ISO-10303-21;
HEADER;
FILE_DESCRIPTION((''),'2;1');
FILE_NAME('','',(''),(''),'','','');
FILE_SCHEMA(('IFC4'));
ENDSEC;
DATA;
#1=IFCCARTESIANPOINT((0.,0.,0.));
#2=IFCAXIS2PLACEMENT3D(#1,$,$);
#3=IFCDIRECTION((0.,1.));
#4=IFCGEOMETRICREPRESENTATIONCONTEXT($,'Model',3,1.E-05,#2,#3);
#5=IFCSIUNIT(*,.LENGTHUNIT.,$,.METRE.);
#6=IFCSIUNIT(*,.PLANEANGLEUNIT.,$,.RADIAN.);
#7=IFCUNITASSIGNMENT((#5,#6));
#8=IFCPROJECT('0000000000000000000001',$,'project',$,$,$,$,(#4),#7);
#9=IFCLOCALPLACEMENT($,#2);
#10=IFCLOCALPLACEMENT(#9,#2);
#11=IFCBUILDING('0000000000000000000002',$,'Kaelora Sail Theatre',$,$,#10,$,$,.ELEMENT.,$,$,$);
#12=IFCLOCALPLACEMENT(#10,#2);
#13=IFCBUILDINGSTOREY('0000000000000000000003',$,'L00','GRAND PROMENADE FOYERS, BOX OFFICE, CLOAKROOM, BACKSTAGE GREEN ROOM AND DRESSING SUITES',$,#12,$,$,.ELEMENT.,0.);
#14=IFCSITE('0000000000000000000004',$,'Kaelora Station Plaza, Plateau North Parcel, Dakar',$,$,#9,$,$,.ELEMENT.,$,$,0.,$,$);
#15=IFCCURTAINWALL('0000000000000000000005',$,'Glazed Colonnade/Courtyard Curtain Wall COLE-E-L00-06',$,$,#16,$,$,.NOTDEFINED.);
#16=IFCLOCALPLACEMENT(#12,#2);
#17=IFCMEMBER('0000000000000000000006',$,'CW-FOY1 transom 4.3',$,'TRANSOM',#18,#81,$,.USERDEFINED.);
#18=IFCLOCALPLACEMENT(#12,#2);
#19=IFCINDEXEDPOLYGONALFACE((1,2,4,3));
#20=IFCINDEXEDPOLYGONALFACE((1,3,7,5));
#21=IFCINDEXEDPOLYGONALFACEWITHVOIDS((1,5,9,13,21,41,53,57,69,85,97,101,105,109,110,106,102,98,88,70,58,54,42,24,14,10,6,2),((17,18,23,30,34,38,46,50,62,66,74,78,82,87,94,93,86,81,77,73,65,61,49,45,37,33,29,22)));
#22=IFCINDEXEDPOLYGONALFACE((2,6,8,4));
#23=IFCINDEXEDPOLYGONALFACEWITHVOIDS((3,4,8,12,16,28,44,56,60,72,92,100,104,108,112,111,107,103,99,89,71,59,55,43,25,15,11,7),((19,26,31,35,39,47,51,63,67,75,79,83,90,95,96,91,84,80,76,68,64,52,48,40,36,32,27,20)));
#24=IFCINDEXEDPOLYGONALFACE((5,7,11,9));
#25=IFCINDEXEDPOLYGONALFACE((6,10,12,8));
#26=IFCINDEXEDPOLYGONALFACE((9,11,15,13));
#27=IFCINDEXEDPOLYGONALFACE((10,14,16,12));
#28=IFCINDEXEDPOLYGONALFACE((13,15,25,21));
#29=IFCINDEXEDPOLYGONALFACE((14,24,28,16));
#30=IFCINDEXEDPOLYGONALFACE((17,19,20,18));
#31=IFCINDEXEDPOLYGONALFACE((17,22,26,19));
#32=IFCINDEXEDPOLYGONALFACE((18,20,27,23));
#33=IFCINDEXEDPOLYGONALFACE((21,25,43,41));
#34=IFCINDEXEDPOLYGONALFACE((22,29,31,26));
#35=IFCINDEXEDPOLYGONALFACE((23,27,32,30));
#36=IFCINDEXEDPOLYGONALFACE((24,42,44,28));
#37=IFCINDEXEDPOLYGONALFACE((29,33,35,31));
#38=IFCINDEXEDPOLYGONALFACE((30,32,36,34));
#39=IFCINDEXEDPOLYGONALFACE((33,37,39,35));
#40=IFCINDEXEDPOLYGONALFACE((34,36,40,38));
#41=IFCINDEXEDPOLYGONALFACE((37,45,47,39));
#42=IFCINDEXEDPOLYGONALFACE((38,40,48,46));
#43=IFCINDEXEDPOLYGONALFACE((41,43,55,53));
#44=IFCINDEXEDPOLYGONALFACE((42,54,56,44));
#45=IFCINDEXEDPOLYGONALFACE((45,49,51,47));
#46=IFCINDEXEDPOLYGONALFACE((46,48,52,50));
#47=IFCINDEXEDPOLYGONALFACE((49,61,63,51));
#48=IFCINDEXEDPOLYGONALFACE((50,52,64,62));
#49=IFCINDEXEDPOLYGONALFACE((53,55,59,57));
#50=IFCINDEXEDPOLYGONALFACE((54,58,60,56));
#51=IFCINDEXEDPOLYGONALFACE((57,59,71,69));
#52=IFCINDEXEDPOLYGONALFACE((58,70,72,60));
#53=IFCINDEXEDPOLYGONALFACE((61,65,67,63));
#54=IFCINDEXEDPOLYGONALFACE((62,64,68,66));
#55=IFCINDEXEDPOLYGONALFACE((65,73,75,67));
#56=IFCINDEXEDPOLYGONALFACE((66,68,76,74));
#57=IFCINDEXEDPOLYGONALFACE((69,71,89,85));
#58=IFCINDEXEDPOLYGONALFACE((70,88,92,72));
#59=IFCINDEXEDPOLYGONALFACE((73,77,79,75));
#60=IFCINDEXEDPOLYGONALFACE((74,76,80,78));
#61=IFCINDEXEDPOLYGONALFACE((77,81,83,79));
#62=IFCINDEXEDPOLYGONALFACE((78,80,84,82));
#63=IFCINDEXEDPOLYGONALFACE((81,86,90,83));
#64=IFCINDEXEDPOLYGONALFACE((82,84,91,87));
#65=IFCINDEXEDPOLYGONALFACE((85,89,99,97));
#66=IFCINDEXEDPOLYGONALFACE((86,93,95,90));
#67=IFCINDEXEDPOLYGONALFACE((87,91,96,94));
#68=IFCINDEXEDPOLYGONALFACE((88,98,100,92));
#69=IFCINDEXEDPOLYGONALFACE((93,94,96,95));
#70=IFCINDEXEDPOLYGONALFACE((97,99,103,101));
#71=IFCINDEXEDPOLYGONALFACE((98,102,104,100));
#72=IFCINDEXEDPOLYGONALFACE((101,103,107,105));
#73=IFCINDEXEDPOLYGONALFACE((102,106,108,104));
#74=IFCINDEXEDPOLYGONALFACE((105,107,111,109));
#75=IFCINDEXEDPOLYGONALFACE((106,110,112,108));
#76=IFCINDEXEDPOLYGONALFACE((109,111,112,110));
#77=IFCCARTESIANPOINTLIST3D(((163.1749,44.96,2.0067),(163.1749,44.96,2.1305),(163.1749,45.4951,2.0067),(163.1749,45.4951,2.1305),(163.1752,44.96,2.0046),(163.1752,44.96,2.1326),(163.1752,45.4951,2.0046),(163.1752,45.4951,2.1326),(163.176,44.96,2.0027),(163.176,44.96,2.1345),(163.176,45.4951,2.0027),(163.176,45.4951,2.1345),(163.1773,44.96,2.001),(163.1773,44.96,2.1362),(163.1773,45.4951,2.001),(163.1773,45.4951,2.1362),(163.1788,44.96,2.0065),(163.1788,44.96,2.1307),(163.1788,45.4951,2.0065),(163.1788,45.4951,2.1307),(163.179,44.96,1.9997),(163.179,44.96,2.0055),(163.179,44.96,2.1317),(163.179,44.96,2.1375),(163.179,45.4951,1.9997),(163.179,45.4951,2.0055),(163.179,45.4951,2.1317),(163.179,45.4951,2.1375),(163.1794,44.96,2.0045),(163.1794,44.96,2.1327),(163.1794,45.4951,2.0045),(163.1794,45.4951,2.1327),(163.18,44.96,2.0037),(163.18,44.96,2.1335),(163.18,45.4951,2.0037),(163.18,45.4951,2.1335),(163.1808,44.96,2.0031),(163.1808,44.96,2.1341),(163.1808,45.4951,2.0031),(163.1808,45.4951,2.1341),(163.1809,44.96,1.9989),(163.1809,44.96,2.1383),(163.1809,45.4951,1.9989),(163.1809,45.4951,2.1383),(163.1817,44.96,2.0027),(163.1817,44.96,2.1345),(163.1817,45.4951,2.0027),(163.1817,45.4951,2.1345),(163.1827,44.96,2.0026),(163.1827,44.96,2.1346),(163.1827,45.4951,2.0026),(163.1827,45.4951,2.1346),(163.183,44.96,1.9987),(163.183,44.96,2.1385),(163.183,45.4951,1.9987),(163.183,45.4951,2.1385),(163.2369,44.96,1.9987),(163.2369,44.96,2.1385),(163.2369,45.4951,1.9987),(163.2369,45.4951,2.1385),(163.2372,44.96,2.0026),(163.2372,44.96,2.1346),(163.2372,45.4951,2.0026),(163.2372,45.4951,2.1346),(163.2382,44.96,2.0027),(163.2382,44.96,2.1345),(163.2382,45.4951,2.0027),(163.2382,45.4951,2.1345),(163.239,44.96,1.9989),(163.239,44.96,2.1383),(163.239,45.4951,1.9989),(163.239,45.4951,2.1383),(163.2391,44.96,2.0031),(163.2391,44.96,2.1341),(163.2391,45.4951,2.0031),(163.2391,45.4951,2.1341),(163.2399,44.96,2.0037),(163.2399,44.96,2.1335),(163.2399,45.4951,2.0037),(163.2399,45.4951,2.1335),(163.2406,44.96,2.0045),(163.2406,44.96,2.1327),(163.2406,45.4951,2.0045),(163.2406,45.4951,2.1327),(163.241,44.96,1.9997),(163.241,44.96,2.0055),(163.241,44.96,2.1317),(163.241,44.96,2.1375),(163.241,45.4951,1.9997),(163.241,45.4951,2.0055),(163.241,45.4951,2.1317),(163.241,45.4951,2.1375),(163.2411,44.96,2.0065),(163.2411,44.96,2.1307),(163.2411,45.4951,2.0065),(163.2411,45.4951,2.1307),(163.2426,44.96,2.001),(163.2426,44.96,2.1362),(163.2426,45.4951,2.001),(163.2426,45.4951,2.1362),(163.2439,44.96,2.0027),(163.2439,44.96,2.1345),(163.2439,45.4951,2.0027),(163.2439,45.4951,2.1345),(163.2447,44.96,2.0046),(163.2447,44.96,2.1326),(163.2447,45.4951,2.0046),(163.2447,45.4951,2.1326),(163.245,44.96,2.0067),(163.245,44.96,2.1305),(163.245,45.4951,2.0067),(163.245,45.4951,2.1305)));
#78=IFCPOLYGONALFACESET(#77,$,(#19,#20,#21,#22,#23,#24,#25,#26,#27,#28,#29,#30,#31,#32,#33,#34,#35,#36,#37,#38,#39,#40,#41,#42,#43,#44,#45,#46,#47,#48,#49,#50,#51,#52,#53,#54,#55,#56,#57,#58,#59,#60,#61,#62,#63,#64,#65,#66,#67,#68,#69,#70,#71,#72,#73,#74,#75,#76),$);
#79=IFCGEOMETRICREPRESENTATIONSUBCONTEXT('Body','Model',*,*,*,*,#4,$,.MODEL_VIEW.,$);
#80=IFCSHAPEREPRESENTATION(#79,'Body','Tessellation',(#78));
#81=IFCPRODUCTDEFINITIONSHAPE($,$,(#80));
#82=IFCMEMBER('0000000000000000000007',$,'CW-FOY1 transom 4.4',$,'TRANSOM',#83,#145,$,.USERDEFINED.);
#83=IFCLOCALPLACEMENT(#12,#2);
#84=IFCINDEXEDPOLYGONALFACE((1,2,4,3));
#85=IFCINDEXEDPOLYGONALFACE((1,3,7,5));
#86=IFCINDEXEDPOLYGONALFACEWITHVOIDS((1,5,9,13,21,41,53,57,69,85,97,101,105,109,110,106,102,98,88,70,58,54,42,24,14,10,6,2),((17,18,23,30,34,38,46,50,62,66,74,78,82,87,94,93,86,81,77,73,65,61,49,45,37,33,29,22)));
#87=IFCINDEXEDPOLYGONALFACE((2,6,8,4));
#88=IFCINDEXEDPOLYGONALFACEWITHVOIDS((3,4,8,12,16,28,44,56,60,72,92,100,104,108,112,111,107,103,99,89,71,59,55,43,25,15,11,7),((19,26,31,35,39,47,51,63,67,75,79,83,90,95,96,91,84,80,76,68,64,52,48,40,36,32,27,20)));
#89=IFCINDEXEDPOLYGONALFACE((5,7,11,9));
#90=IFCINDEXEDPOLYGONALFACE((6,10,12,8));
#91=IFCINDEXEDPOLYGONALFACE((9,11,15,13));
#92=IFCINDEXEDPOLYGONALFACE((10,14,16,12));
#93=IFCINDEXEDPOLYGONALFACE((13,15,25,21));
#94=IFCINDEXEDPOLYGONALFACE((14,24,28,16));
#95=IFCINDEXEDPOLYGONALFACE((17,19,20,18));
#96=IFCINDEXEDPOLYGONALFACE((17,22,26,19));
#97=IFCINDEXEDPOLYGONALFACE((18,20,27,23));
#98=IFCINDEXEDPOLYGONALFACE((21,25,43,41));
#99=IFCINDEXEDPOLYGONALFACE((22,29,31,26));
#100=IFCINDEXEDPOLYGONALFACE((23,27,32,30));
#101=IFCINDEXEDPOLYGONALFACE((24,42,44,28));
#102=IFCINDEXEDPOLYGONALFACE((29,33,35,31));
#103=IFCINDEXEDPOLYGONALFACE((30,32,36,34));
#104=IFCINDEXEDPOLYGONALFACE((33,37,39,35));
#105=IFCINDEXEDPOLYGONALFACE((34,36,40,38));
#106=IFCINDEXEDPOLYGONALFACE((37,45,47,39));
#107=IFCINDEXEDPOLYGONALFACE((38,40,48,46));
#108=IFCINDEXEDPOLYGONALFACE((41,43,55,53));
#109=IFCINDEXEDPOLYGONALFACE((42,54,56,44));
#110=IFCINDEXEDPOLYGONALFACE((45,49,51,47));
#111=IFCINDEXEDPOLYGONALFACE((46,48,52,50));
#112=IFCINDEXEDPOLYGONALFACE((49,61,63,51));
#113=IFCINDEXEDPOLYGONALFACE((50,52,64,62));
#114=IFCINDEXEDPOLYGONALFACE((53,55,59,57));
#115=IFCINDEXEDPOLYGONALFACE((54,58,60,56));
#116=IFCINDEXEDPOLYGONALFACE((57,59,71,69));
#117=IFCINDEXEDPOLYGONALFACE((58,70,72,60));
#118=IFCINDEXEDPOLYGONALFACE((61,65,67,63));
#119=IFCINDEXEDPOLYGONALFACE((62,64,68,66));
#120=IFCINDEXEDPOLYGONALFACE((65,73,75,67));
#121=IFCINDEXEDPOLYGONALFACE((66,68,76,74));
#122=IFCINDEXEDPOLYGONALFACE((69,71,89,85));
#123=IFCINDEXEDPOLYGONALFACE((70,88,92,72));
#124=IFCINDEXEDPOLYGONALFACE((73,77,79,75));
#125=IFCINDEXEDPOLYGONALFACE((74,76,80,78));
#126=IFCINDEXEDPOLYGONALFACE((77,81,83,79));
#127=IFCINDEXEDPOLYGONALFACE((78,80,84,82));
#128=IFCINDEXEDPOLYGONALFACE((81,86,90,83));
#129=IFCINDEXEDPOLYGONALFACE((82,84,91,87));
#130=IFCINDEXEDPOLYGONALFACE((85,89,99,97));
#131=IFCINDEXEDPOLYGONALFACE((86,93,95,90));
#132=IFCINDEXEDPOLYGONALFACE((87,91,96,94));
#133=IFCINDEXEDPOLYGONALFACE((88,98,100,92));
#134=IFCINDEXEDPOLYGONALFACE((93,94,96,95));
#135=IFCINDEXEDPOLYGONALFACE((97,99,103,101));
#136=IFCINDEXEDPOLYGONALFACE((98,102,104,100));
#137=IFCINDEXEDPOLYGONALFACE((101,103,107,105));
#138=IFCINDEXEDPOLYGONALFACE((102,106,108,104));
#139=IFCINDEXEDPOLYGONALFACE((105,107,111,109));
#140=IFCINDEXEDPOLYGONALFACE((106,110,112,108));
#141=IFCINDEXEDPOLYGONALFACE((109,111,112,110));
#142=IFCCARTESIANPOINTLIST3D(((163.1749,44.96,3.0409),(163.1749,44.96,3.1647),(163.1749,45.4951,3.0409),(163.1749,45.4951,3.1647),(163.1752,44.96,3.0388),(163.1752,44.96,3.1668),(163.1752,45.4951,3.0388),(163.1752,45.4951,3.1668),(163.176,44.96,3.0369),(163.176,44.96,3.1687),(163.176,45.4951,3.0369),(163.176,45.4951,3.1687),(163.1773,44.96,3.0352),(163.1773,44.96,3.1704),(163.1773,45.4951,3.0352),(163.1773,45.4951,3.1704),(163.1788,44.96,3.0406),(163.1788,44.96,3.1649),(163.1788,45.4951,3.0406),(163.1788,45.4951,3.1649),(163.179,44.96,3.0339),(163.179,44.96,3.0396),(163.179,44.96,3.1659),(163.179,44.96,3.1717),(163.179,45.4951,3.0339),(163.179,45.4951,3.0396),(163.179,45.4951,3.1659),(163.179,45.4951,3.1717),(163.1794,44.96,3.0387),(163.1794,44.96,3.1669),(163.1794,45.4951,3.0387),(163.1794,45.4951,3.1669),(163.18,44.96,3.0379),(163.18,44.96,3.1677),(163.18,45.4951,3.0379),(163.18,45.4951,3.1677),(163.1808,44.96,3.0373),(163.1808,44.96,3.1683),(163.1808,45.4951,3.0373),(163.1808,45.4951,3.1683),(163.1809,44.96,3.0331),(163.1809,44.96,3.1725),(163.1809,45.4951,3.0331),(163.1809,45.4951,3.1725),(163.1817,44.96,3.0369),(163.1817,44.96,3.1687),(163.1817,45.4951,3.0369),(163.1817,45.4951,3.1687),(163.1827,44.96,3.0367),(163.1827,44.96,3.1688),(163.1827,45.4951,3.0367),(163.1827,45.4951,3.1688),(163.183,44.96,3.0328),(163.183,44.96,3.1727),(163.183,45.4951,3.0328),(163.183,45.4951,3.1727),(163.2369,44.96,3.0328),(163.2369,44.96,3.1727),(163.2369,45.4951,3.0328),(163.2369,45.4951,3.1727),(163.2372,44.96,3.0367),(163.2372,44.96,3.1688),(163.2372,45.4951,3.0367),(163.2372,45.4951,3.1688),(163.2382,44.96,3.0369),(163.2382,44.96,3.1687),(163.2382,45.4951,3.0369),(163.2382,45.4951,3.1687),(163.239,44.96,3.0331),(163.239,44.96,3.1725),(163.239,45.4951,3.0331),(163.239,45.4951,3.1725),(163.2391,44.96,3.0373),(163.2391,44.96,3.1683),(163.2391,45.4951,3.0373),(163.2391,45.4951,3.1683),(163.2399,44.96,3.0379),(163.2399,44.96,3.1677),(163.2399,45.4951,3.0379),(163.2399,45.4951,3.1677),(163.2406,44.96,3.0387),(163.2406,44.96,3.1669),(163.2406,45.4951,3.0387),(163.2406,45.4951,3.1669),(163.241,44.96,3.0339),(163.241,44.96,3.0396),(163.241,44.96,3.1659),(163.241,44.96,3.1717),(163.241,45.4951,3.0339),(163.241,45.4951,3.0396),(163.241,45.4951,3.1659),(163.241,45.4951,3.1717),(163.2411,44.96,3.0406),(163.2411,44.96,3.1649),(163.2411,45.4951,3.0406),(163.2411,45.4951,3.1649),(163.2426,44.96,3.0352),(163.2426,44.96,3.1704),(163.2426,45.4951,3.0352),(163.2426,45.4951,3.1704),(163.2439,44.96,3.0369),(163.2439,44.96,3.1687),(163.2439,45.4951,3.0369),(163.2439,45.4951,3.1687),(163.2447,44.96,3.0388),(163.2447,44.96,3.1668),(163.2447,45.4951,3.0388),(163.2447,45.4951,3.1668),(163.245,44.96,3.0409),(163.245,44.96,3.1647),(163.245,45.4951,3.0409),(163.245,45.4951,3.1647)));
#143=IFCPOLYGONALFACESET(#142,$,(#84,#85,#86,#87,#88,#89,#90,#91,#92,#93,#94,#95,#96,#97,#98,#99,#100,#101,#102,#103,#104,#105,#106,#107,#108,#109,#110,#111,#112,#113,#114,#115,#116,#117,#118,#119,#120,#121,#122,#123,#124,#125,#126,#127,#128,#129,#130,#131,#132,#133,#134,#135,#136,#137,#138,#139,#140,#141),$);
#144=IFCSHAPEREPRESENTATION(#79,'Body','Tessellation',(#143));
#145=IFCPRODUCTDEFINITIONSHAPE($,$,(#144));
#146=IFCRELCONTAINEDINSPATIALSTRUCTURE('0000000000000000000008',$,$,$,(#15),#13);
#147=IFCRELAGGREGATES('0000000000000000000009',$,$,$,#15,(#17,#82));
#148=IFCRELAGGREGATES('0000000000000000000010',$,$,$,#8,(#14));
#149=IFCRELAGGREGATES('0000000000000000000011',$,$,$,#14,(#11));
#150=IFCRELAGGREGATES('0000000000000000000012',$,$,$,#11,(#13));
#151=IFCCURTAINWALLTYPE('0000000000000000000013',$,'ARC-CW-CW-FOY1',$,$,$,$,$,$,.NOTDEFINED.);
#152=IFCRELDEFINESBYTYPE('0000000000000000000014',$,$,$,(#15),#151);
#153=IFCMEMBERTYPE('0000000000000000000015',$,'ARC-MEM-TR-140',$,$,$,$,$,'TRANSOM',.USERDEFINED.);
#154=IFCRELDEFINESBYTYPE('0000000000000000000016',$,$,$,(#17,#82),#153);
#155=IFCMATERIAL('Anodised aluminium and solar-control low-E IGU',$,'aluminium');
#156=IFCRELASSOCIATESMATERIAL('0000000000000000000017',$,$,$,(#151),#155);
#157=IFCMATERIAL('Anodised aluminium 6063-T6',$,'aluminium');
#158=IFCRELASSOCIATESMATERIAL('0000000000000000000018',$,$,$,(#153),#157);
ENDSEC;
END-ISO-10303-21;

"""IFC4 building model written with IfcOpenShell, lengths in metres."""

from ifc_helpers import new_model, si_unit, direction, frame, origin, origin_2d, place, context, subcontext, project, spatial, hollow_rectangle, extrude, material, material_profile, profile_set, type_object, element, aggregate, save


model = new_model("IFC4")

# Units and contexts
model_context = context("Model", 3, precision=1e-05, world=origin(), true_north=direction((0.0, 1.0)))
body_context = subcontext(model_context, "Body", "Model", "MODEL_VIEW")
ifc_project = project(units=[si_unit("LENGTHUNIT", "METRE"), si_unit("PLANEANGLEUNIT", "RADIAN")], contexts=[model_context])

# Site, building, storey
site_placement = place(None, origin())
site = spatial("IfcSite", under=ifc_project, at=site_placement, Name="Kaelora Station Plaza, Plateau North Parcel, Dakar", CompositionType="ELEMENT", RefElevation=0.0)
building_placement = place(site_placement, origin())
building = spatial("IfcBuilding", under=site, at=building_placement, Name="Kaelora Sail Theatre", CompositionType="ELEMENT")
storey_placement = place(building_placement, origin())
storey = spatial("IfcBuildingStorey", under=building, at=storey_placement, Name="L00", Description="GRAND PROMENADE FOYERS, BOX OFFICE, CLOAKROOM, BACKSTAGE GREEN ROOM AND DRESSING SUITES", CompositionType="ELEMENT", Elevation=0.0)

# Curtain wall, members
ifc_material_1 = material(Name="Anodised aluminium and solar-control low-E IGU", Category="aluminium")
curtain_wall_type = type_object("IfcCurtainWallType", Name="ARC-CW-CW-FOY1", PredefinedType="NOTDEFINED", material=ifc_material_1)
curtain_wall_1_placement = place(storey_placement, origin())
curtain_wall_1 = element("IfcCurtainWall", 1, at=curtain_wall_1_placement, inside=storey, type_object=curtain_wall_type, Name="Glazed Colonnade/Courtyard Curtain Wall COLE-E-L00-06", PredefinedType="NOTDEFINED")
ifc_material_2 = material(Name="Anodised aluminium 6063-T6", Category="aluminium")
ifc_material_profile = material_profile(ifc_material_2, hollow_rectangle(XDim=0.0701, YDim=0.1399, WallThickness=0.0039, InnerFilletRadius=0.0039, OuterFilletRadius=0.0081, at=origin_2d()), Name="ALU-TRAN 70x140x4")
ifc_profile_set = profile_set([ifc_material_profile], Name="Anodised aluminium 6063-T6")
member_type = type_object("IfcMemberType", Name="ARC-MEM-TR-140", ElementType="TRANSOM", PredefinedType="USERDEFINED", material=ifc_profile_set)
member_1_placement = place(storey_placement, frame((163.21, 44.96, 2.0686), z_axis=(0.0, 1.0, 0.0), x_axis=(-1.0, 0.0, 0.0)))
member_1 = element("IfcMember", 2, at=member_1_placement, type_object=member_type, Name="CW-FOY1 transom 4.3", ObjectType="TRANSOM", PredefinedType="USERDEFINED", context=body_context, shape_type="SweptSolid", body=[
    extrude(hollow_rectangle(XDim=0.0701, YDim=0.1399, WallThickness=0.0039, InnerFilletRadius=0.0039, OuterFilletRadius=0.0081, at=origin_2d()), origin(), (0.0, 0.0, 1.0), 0.5352),
])
member_2_placement = place(storey_placement, frame((163.21, 44.96, 3.1028), z_axis=(0.0, 1.0, 0.0), x_axis=(-1.0, 0.0, 0.0)))
member_2 = element("IfcMember", 3, at=member_2_placement, type_object=member_type, Name="CW-FOY1 transom 4.4", ObjectType="TRANSOM", PredefinedType="USERDEFINED", context=body_context, shape_type="SweptSolid", body=[
    extrude(hollow_rectangle(XDim=0.0701, YDim=0.1399, WallThickness=0.0039, InnerFilletRadius=0.0039, OuterFilletRadius=0.0081, at=origin_2d()), origin(), (0.0, 0.0, 1.0), 0.5352),
])

aggregate(curtain_wall_1, [member_1, member_2])

save(model, "model.ifc")
